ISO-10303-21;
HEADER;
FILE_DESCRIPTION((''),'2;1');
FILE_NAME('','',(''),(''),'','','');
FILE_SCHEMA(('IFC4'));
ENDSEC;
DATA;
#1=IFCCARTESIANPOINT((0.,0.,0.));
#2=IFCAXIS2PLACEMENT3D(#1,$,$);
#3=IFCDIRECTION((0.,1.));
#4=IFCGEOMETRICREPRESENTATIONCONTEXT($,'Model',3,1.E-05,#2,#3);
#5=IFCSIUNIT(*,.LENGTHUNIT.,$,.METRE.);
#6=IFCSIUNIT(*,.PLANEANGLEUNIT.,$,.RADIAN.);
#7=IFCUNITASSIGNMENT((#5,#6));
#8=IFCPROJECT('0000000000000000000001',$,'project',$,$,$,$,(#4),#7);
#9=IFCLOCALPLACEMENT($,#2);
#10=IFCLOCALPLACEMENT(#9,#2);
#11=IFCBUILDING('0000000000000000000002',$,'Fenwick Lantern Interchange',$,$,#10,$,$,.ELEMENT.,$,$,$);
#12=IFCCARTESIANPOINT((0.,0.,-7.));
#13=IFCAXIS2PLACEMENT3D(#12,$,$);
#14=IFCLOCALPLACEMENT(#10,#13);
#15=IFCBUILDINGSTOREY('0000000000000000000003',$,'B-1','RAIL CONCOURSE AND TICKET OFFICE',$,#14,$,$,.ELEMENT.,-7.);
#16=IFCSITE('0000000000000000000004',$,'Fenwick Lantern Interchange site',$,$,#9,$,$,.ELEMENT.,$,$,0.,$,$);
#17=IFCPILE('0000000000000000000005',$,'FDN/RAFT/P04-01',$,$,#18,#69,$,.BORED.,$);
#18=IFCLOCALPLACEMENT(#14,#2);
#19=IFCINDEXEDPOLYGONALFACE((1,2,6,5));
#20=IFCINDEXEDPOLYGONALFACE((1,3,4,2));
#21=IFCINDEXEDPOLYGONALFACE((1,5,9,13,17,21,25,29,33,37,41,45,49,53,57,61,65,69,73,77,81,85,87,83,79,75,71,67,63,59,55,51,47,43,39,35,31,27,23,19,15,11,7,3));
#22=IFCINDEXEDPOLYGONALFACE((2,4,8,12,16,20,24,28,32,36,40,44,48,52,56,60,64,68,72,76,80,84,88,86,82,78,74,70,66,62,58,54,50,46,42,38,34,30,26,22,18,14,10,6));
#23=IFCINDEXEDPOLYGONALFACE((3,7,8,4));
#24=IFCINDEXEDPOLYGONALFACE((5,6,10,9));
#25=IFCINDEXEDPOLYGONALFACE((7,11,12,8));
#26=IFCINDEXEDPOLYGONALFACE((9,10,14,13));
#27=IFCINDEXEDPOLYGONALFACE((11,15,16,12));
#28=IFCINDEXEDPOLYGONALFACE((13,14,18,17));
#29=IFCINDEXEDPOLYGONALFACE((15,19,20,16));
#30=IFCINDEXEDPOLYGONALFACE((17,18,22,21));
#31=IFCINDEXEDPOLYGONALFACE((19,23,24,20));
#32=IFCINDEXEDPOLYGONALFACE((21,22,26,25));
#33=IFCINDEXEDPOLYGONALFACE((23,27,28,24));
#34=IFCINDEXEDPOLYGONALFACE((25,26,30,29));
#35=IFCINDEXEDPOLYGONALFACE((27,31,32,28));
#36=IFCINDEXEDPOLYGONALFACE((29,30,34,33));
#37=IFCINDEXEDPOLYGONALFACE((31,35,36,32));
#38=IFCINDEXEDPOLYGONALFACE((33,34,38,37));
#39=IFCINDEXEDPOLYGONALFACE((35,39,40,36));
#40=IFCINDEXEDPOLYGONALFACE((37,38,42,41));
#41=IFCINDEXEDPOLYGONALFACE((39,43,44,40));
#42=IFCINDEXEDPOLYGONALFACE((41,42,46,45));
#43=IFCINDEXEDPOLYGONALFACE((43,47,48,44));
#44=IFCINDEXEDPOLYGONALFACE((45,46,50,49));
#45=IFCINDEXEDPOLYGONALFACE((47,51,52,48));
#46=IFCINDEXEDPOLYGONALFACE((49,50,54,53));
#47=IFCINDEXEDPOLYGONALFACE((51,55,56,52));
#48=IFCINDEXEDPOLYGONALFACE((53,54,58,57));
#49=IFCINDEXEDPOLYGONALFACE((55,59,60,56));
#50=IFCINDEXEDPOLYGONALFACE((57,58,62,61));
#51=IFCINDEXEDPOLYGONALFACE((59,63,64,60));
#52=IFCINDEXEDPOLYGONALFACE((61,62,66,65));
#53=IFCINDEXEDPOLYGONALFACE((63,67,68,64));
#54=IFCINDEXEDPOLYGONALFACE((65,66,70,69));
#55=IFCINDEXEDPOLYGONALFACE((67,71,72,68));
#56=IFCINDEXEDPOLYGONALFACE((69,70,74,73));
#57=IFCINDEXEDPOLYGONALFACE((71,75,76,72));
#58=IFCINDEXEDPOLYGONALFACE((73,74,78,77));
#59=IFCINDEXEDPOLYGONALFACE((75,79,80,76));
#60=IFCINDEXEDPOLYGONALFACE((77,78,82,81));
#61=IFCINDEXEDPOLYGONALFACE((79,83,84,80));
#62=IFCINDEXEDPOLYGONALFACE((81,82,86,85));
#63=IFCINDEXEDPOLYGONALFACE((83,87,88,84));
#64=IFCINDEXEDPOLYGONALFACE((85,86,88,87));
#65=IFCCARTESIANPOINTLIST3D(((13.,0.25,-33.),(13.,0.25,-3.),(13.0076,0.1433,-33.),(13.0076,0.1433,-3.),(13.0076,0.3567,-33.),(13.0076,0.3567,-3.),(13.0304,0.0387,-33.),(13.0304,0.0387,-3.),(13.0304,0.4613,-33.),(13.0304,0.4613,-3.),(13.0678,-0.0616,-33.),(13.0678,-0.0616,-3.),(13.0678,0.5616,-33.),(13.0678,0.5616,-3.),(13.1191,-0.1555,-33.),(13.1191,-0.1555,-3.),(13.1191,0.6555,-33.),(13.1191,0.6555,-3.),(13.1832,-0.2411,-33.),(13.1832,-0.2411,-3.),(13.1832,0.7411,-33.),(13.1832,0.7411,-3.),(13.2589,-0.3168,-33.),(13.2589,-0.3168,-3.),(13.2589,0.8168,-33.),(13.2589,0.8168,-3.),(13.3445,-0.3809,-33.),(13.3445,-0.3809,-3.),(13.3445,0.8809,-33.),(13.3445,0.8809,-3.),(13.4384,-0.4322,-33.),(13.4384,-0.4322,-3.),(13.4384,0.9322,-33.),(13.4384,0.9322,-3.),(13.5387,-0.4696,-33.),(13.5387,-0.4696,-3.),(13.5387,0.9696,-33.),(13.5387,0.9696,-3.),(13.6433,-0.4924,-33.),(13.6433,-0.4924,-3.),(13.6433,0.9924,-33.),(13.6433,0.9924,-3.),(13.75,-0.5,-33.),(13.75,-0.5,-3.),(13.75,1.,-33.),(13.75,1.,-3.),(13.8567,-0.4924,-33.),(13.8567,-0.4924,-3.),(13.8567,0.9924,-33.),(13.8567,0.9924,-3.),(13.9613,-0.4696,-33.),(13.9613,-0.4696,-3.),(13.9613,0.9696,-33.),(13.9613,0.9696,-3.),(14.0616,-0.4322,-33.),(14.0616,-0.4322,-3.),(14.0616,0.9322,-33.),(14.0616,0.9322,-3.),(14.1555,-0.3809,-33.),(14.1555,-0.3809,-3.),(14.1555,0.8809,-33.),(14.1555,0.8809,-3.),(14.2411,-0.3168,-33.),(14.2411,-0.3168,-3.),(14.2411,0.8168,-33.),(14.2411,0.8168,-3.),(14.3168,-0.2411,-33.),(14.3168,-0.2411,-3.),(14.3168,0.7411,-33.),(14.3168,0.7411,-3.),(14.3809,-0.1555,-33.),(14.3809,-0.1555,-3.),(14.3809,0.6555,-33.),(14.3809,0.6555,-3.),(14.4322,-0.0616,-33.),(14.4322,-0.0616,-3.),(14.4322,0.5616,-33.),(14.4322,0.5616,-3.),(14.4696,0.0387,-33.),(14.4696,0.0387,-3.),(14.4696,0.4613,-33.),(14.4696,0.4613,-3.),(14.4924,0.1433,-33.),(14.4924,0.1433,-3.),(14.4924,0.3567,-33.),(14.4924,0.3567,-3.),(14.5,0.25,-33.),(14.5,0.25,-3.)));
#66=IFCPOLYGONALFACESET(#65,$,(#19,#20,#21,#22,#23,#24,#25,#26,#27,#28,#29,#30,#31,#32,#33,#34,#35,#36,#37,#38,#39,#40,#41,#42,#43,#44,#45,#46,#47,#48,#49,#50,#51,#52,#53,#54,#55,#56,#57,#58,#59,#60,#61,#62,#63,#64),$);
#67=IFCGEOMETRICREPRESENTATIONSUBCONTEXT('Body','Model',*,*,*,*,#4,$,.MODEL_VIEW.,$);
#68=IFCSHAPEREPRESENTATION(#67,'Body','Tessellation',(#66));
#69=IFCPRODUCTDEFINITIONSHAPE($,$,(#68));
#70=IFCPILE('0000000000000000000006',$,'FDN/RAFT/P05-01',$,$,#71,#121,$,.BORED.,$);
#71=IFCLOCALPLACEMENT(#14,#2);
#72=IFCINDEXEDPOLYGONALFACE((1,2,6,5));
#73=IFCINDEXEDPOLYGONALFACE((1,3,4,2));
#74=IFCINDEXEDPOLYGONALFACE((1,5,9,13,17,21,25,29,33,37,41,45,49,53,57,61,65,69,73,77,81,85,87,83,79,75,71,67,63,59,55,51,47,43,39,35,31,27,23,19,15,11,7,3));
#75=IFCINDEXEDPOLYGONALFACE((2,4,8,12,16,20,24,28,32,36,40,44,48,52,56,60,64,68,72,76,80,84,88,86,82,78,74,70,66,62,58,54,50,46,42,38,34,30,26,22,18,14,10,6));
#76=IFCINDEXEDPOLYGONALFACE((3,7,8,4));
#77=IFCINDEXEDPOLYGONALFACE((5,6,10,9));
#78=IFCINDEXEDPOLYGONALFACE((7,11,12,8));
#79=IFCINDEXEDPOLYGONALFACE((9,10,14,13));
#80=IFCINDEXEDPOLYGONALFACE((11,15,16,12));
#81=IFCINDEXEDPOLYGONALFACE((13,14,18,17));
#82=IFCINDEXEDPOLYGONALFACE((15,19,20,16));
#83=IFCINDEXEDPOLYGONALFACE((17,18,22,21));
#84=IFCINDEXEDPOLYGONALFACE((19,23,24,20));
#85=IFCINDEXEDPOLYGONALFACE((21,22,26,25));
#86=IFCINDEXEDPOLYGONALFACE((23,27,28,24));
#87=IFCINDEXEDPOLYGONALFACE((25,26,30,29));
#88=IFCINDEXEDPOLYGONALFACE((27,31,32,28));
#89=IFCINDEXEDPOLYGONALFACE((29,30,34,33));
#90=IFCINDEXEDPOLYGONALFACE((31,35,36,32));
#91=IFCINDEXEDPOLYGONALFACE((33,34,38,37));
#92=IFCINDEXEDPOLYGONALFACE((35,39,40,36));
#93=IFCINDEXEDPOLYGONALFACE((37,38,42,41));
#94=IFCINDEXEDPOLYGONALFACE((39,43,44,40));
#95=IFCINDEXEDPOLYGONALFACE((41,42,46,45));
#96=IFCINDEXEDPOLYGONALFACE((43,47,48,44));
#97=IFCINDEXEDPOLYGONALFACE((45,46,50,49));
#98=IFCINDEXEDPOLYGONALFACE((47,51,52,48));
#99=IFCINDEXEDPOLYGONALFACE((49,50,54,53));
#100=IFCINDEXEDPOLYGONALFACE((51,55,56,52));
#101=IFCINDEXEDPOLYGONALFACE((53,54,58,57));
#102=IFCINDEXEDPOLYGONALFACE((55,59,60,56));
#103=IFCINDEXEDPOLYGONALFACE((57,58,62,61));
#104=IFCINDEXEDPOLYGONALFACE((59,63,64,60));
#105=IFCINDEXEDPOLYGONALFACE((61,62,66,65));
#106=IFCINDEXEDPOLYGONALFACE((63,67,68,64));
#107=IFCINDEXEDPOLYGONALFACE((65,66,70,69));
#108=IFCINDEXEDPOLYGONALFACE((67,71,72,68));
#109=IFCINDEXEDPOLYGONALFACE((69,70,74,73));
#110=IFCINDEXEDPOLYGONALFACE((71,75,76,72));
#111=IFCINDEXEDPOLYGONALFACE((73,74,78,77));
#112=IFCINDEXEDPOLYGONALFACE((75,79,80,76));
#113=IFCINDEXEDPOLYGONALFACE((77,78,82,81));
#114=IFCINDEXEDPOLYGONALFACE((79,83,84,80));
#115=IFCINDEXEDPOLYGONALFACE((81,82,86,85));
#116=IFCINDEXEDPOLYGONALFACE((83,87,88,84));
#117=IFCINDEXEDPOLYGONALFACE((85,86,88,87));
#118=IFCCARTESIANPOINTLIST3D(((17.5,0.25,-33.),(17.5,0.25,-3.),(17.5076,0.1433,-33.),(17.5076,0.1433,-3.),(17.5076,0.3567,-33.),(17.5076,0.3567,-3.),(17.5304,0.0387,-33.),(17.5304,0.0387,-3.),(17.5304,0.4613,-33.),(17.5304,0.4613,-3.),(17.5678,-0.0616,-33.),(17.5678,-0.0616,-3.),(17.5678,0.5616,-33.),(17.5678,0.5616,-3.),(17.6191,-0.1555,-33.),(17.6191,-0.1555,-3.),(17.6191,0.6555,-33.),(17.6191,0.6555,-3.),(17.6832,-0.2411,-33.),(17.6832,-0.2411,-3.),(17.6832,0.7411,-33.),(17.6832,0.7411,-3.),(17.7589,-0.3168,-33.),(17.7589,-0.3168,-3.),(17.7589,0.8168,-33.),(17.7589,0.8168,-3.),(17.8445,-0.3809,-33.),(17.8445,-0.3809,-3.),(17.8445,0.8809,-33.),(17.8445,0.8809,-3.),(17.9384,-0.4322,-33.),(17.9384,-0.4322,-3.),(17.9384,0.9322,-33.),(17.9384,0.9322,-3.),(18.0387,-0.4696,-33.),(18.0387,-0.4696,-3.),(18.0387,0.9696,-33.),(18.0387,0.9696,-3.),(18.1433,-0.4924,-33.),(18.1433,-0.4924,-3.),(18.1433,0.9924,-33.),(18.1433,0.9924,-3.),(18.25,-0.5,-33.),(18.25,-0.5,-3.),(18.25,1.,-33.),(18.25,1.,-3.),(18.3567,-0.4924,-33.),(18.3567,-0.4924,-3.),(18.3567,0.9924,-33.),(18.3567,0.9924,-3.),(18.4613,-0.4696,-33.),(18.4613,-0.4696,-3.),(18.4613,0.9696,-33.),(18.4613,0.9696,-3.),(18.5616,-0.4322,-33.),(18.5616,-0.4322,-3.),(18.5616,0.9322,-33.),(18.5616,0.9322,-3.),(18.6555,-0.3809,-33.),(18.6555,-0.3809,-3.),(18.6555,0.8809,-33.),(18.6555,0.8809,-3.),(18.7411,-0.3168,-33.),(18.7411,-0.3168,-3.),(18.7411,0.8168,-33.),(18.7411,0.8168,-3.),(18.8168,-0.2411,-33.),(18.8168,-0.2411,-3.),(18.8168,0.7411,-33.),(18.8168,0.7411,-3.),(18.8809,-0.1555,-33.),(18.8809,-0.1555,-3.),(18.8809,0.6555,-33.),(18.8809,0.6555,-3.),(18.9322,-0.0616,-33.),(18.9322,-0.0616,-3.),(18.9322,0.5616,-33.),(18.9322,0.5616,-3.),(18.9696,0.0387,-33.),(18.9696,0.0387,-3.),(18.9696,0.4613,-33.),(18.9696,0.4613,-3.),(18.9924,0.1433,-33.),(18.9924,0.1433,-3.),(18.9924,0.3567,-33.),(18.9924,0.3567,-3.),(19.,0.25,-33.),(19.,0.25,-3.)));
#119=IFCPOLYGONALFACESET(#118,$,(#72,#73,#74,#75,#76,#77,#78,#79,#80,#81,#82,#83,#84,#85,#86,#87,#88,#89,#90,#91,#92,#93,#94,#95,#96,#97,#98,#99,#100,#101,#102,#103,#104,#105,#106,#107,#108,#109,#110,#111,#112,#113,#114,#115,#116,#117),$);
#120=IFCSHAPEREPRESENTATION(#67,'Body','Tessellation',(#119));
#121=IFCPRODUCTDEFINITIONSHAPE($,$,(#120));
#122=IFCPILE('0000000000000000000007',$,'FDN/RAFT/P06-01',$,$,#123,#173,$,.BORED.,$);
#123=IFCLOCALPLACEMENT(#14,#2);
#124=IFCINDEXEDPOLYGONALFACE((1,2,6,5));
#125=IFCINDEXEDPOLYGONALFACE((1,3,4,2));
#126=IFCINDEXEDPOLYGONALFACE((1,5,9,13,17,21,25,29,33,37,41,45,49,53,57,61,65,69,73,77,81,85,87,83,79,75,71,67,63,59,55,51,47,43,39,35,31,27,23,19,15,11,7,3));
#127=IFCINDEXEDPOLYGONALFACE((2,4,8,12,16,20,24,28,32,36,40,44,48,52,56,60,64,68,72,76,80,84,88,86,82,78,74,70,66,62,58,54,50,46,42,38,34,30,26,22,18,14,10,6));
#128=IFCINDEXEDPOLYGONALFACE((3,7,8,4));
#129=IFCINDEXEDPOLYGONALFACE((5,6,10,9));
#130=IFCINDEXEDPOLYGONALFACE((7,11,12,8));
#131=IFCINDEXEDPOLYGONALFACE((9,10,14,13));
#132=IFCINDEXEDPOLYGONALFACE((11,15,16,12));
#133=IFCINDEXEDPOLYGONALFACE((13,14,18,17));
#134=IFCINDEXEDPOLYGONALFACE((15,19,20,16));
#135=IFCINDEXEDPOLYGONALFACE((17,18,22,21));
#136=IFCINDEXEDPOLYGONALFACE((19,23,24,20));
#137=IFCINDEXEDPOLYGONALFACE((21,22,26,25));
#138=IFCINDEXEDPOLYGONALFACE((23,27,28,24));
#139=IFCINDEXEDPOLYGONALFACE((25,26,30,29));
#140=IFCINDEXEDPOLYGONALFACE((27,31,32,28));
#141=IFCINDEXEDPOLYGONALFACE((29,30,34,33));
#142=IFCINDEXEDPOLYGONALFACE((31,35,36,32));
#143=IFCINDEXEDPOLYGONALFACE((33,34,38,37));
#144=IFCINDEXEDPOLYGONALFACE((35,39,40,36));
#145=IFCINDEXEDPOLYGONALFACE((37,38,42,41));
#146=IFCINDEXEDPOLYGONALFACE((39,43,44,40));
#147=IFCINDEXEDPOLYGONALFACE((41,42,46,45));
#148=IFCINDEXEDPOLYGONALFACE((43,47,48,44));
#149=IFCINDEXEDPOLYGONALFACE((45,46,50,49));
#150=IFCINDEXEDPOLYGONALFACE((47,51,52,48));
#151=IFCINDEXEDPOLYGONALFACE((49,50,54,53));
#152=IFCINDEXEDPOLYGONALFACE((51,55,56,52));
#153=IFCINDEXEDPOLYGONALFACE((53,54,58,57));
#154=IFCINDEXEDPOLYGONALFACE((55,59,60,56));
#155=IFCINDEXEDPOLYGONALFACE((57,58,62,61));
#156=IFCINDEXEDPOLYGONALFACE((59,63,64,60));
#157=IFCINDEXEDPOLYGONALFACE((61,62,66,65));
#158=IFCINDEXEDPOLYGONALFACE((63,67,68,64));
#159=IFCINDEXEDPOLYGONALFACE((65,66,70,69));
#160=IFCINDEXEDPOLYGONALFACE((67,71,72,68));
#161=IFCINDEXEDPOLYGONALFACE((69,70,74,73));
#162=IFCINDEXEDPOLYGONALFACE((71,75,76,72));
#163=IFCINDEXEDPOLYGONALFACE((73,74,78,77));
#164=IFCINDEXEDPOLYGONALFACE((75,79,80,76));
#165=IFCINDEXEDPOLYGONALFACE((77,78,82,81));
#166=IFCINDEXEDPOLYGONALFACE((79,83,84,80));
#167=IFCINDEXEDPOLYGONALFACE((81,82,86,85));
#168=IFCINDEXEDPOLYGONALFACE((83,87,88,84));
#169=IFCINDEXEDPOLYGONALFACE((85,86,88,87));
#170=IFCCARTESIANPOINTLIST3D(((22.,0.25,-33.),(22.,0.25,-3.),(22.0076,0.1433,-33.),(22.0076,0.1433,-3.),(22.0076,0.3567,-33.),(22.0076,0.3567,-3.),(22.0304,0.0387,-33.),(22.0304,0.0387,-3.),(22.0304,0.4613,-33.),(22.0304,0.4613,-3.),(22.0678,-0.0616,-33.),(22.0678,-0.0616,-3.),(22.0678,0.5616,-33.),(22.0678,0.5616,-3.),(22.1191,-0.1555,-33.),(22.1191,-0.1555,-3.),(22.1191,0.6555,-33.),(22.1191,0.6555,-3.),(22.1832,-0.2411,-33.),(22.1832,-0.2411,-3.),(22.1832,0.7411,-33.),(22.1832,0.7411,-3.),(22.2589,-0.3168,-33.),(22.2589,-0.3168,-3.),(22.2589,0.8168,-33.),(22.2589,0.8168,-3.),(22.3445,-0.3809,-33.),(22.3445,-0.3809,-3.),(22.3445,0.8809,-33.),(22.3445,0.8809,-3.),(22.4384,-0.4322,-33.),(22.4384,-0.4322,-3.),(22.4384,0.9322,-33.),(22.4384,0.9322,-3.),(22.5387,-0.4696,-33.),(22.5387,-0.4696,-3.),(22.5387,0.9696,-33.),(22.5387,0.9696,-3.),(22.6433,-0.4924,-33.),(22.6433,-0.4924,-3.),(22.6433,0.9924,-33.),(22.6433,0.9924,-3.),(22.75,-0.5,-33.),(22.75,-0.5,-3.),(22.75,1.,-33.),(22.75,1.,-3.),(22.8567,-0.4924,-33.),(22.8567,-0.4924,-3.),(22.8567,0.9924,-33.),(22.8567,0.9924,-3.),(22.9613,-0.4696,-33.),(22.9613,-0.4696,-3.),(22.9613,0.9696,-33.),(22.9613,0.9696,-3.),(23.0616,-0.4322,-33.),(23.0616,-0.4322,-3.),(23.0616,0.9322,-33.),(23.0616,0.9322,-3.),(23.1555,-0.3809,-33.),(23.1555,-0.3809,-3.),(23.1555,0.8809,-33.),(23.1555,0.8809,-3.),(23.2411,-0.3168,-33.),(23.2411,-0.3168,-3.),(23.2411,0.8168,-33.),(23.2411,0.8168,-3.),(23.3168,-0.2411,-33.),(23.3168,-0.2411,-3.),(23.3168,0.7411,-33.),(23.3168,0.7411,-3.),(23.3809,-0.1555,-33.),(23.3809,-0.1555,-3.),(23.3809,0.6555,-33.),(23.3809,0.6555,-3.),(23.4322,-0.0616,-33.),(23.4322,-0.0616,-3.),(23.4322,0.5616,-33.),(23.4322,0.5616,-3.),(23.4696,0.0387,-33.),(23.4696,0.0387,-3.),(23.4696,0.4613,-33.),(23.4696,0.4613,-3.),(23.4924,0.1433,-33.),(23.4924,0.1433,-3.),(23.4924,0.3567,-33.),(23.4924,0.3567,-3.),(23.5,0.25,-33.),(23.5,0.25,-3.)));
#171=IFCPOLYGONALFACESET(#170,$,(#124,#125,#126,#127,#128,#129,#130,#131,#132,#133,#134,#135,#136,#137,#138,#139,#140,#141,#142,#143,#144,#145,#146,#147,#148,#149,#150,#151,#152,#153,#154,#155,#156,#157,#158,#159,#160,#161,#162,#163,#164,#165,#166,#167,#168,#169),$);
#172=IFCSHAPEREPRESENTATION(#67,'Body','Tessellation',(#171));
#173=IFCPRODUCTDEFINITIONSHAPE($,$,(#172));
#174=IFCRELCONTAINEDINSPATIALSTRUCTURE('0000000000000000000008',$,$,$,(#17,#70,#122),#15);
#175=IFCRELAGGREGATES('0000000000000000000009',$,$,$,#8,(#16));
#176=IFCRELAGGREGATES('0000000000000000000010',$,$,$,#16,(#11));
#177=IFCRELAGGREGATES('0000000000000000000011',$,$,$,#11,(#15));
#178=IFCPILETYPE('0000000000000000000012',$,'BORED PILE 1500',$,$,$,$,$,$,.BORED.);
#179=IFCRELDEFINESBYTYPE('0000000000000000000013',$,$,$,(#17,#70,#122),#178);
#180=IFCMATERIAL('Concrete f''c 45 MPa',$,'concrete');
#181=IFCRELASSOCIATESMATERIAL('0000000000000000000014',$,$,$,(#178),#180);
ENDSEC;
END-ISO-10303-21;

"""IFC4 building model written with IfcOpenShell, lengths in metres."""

from ifc_helpers import new_model, si_unit, direction, frame, origin, origin_2d, place, context, subcontext, project, spatial, circle, extrude, material, type_object, element, save


model = new_model("IFC4")

# Units and contexts
model_context = context("Model", 3, precision=1e-05, world=origin(), true_north=direction((0.0, 1.0)))
body_context = subcontext(model_context, "Body", "Model", "MODEL_VIEW")
ifc_project = project(units=[si_unit("LENGTHUNIT", "METRE"), si_unit("PLANEANGLEUNIT", "RADIAN")], contexts=[model_context])

# Site, building, storey
site_placement = place(None, origin())
site = spatial("IfcSite", under=ifc_project, at=site_placement, Name="Fenwick Lantern Interchange site", CompositionType="ELEMENT", RefElevation=0.0)
building_placement = place(site_placement, origin())
building = spatial("IfcBuilding", under=site, at=building_placement, Name="Fenwick Lantern Interchange", CompositionType="ELEMENT")
storey_placement = place(building_placement, frame((0.0, 0.0, -7.0)))
storey = spatial("IfcBuildingStorey", under=building, at=storey_placement, Name="B-1", Description="RAIL CONCOURSE AND TICKET OFFICE", CompositionType="ELEMENT", Elevation=-7.0)

# Piles
ifc_material_1 = material(Name="Concrete f'c 45 MPa", Category="concrete")
pile_type_1 = type_object("IfcPileType", Name="BORED PILE 1500", PredefinedType="BORED", material=ifc_material_1)
for number, where, z_axis, x_axis, name in (
    (1, (13.75, 0.25, -3.0), (0.0, 0.0, -1.0), (1.0, 0.0, 0.0), "FDN/RAFT/P04-01"),
    (2, (18.25, 0.25, -3.0), (0.0, 0.0, -1.0), (1.0, 0.0, 0.0), "FDN/RAFT/P05-01"),
    (3, (22.75, 0.25, -3.0), (0.0, 0.0, -1.0), (1.0, 0.0, 0.0), "FDN/RAFT/P06-01"),
):
    element("IfcPile", number, at=place(storey_placement, frame(where, z_axis=z_axis, x_axis=x_axis)), inside=storey, type_object=pile_type_1, Name=name, PredefinedType="BORED", context=body_context, shape_type="SweptSolid", body=[
        extrude(circle(Radius=0.75, at=origin_2d()), origin(), (0.0, 0.0, 1.0), 30.0),
    ])

save(model, "model.ifc")
